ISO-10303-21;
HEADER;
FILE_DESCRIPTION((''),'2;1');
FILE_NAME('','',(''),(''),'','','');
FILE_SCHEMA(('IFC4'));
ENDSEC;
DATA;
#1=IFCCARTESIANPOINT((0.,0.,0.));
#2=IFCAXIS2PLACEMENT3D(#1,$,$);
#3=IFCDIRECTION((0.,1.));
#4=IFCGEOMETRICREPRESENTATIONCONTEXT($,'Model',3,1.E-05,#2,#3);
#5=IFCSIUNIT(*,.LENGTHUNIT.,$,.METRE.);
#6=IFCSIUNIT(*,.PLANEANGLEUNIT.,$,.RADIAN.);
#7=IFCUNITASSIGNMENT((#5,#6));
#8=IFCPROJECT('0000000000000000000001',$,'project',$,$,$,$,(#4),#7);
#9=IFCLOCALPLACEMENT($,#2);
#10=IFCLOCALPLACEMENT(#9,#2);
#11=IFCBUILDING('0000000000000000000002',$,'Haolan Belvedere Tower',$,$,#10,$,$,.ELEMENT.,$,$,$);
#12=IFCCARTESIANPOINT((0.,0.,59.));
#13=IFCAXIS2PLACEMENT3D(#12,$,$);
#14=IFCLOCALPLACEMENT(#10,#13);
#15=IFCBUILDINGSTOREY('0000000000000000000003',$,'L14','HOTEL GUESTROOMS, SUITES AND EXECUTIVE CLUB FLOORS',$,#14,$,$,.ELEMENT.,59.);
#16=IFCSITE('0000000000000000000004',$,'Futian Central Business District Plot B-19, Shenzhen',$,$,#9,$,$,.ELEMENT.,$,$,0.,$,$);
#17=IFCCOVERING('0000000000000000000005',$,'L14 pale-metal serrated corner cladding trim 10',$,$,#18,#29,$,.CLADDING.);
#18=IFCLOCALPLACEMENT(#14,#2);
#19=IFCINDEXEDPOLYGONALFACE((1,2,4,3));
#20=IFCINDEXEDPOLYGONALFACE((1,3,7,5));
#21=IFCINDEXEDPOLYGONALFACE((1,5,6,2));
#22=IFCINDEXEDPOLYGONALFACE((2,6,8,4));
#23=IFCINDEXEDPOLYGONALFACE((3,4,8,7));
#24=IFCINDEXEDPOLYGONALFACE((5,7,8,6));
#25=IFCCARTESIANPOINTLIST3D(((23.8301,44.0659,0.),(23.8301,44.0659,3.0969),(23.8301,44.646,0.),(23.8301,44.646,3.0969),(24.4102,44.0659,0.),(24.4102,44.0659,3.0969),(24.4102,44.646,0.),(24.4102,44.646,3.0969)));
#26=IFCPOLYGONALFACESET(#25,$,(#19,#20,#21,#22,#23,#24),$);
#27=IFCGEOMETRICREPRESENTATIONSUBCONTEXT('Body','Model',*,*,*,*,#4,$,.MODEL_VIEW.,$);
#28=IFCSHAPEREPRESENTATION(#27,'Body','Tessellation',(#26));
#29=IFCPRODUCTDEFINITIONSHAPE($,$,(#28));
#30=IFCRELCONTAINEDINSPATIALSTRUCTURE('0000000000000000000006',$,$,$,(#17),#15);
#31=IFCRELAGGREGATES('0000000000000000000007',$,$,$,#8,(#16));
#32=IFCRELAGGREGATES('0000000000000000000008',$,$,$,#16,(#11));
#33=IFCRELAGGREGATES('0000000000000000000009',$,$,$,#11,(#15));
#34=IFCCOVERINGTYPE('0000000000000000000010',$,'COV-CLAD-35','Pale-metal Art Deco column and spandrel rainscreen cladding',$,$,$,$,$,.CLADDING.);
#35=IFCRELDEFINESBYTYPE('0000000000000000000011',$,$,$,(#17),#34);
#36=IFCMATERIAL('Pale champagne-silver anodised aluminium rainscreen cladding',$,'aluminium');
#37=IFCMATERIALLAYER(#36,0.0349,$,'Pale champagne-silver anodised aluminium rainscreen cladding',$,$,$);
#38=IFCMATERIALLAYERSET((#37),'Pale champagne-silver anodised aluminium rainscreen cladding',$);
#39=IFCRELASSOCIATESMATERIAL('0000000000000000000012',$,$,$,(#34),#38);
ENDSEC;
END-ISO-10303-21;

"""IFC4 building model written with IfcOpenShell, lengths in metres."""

from ifc_helpers import new_model, si_unit, direction, frame, origin, origin_2d, place, context, subcontext, project, spatial, rectangle, extrude, material, layer, layer_set, type_object, element, save


model = new_model("IFC4")

# Units and contexts
model_context = context("Model", 3, precision=1e-05, world=origin(), true_north=direction((0.0, 1.0)))
body_context = subcontext(model_context, "Body", "Model", "MODEL_VIEW")
ifc_project = project(units=[si_unit("LENGTHUNIT", "METRE"), si_unit("PLANEANGLEUNIT", "RADIAN")], contexts=[model_context])

# Site, building, storey
site_placement = place(None, origin())
site = spatial("IfcSite", under=ifc_project, at=site_placement, Name="Futian Central Business District Plot B-19, Shenzhen", CompositionType="ELEMENT", RefElevation=0.0)
building_placement = place(site_placement, origin())
building = spatial("IfcBuilding", under=site, at=building_placement, Name="Haolan Belvedere Tower", CompositionType="ELEMENT")
storey_placement = place(building_placement, frame((0.0, 0.0, 59.0)))
storey = spatial("IfcBuildingStorey", under=building, at=storey_placement, Name="L14", Description="HOTEL GUESTROOMS, SUITES AND EXECUTIVE CLUB FLOORS", CompositionType="ELEMENT", Elevation=59.0)

# Covering
ifc_material_1 = material(Name="Pale champagne-silver anodised aluminium rainscreen cladding", Category="aluminium")
ifc_layer_1 = layer(ifc_material_1, 0.0349, Name="Pale champagne-silver anodised aluminium rainscreen cladding")
ifc_layer_set_1 = layer_set([ifc_layer_1], Name="Pale champagne-silver anodised aluminium rainscreen cladding")
covering_type = type_object("IfcCoveringType", Name="COV-CLAD-35", Description="Pale-metal Art Deco column and spandrel rainscreen cladding", PredefinedType="CLADDING", material=ifc_layer_set_1)
covering_placement = place(storey_placement, frame((24.1201, 44.356, 0.0), z_axis=(0.0, 0.0, 1.0), x_axis=(1.0, 0.0, 0.0)))
element("IfcCovering", 1, at=covering_placement, inside=storey, type_object=covering_type, Name="L14 pale-metal serrated corner cladding trim 10", PredefinedType="CLADDING", context=body_context, shape_type="SweptSolid", body=[
    extrude(rectangle(XDim=0.5801, YDim=0.5801, at=origin_2d()), origin(), (0.0, 0.0, 1.0), 3.0969),
])

save(model, "model.ifc")
